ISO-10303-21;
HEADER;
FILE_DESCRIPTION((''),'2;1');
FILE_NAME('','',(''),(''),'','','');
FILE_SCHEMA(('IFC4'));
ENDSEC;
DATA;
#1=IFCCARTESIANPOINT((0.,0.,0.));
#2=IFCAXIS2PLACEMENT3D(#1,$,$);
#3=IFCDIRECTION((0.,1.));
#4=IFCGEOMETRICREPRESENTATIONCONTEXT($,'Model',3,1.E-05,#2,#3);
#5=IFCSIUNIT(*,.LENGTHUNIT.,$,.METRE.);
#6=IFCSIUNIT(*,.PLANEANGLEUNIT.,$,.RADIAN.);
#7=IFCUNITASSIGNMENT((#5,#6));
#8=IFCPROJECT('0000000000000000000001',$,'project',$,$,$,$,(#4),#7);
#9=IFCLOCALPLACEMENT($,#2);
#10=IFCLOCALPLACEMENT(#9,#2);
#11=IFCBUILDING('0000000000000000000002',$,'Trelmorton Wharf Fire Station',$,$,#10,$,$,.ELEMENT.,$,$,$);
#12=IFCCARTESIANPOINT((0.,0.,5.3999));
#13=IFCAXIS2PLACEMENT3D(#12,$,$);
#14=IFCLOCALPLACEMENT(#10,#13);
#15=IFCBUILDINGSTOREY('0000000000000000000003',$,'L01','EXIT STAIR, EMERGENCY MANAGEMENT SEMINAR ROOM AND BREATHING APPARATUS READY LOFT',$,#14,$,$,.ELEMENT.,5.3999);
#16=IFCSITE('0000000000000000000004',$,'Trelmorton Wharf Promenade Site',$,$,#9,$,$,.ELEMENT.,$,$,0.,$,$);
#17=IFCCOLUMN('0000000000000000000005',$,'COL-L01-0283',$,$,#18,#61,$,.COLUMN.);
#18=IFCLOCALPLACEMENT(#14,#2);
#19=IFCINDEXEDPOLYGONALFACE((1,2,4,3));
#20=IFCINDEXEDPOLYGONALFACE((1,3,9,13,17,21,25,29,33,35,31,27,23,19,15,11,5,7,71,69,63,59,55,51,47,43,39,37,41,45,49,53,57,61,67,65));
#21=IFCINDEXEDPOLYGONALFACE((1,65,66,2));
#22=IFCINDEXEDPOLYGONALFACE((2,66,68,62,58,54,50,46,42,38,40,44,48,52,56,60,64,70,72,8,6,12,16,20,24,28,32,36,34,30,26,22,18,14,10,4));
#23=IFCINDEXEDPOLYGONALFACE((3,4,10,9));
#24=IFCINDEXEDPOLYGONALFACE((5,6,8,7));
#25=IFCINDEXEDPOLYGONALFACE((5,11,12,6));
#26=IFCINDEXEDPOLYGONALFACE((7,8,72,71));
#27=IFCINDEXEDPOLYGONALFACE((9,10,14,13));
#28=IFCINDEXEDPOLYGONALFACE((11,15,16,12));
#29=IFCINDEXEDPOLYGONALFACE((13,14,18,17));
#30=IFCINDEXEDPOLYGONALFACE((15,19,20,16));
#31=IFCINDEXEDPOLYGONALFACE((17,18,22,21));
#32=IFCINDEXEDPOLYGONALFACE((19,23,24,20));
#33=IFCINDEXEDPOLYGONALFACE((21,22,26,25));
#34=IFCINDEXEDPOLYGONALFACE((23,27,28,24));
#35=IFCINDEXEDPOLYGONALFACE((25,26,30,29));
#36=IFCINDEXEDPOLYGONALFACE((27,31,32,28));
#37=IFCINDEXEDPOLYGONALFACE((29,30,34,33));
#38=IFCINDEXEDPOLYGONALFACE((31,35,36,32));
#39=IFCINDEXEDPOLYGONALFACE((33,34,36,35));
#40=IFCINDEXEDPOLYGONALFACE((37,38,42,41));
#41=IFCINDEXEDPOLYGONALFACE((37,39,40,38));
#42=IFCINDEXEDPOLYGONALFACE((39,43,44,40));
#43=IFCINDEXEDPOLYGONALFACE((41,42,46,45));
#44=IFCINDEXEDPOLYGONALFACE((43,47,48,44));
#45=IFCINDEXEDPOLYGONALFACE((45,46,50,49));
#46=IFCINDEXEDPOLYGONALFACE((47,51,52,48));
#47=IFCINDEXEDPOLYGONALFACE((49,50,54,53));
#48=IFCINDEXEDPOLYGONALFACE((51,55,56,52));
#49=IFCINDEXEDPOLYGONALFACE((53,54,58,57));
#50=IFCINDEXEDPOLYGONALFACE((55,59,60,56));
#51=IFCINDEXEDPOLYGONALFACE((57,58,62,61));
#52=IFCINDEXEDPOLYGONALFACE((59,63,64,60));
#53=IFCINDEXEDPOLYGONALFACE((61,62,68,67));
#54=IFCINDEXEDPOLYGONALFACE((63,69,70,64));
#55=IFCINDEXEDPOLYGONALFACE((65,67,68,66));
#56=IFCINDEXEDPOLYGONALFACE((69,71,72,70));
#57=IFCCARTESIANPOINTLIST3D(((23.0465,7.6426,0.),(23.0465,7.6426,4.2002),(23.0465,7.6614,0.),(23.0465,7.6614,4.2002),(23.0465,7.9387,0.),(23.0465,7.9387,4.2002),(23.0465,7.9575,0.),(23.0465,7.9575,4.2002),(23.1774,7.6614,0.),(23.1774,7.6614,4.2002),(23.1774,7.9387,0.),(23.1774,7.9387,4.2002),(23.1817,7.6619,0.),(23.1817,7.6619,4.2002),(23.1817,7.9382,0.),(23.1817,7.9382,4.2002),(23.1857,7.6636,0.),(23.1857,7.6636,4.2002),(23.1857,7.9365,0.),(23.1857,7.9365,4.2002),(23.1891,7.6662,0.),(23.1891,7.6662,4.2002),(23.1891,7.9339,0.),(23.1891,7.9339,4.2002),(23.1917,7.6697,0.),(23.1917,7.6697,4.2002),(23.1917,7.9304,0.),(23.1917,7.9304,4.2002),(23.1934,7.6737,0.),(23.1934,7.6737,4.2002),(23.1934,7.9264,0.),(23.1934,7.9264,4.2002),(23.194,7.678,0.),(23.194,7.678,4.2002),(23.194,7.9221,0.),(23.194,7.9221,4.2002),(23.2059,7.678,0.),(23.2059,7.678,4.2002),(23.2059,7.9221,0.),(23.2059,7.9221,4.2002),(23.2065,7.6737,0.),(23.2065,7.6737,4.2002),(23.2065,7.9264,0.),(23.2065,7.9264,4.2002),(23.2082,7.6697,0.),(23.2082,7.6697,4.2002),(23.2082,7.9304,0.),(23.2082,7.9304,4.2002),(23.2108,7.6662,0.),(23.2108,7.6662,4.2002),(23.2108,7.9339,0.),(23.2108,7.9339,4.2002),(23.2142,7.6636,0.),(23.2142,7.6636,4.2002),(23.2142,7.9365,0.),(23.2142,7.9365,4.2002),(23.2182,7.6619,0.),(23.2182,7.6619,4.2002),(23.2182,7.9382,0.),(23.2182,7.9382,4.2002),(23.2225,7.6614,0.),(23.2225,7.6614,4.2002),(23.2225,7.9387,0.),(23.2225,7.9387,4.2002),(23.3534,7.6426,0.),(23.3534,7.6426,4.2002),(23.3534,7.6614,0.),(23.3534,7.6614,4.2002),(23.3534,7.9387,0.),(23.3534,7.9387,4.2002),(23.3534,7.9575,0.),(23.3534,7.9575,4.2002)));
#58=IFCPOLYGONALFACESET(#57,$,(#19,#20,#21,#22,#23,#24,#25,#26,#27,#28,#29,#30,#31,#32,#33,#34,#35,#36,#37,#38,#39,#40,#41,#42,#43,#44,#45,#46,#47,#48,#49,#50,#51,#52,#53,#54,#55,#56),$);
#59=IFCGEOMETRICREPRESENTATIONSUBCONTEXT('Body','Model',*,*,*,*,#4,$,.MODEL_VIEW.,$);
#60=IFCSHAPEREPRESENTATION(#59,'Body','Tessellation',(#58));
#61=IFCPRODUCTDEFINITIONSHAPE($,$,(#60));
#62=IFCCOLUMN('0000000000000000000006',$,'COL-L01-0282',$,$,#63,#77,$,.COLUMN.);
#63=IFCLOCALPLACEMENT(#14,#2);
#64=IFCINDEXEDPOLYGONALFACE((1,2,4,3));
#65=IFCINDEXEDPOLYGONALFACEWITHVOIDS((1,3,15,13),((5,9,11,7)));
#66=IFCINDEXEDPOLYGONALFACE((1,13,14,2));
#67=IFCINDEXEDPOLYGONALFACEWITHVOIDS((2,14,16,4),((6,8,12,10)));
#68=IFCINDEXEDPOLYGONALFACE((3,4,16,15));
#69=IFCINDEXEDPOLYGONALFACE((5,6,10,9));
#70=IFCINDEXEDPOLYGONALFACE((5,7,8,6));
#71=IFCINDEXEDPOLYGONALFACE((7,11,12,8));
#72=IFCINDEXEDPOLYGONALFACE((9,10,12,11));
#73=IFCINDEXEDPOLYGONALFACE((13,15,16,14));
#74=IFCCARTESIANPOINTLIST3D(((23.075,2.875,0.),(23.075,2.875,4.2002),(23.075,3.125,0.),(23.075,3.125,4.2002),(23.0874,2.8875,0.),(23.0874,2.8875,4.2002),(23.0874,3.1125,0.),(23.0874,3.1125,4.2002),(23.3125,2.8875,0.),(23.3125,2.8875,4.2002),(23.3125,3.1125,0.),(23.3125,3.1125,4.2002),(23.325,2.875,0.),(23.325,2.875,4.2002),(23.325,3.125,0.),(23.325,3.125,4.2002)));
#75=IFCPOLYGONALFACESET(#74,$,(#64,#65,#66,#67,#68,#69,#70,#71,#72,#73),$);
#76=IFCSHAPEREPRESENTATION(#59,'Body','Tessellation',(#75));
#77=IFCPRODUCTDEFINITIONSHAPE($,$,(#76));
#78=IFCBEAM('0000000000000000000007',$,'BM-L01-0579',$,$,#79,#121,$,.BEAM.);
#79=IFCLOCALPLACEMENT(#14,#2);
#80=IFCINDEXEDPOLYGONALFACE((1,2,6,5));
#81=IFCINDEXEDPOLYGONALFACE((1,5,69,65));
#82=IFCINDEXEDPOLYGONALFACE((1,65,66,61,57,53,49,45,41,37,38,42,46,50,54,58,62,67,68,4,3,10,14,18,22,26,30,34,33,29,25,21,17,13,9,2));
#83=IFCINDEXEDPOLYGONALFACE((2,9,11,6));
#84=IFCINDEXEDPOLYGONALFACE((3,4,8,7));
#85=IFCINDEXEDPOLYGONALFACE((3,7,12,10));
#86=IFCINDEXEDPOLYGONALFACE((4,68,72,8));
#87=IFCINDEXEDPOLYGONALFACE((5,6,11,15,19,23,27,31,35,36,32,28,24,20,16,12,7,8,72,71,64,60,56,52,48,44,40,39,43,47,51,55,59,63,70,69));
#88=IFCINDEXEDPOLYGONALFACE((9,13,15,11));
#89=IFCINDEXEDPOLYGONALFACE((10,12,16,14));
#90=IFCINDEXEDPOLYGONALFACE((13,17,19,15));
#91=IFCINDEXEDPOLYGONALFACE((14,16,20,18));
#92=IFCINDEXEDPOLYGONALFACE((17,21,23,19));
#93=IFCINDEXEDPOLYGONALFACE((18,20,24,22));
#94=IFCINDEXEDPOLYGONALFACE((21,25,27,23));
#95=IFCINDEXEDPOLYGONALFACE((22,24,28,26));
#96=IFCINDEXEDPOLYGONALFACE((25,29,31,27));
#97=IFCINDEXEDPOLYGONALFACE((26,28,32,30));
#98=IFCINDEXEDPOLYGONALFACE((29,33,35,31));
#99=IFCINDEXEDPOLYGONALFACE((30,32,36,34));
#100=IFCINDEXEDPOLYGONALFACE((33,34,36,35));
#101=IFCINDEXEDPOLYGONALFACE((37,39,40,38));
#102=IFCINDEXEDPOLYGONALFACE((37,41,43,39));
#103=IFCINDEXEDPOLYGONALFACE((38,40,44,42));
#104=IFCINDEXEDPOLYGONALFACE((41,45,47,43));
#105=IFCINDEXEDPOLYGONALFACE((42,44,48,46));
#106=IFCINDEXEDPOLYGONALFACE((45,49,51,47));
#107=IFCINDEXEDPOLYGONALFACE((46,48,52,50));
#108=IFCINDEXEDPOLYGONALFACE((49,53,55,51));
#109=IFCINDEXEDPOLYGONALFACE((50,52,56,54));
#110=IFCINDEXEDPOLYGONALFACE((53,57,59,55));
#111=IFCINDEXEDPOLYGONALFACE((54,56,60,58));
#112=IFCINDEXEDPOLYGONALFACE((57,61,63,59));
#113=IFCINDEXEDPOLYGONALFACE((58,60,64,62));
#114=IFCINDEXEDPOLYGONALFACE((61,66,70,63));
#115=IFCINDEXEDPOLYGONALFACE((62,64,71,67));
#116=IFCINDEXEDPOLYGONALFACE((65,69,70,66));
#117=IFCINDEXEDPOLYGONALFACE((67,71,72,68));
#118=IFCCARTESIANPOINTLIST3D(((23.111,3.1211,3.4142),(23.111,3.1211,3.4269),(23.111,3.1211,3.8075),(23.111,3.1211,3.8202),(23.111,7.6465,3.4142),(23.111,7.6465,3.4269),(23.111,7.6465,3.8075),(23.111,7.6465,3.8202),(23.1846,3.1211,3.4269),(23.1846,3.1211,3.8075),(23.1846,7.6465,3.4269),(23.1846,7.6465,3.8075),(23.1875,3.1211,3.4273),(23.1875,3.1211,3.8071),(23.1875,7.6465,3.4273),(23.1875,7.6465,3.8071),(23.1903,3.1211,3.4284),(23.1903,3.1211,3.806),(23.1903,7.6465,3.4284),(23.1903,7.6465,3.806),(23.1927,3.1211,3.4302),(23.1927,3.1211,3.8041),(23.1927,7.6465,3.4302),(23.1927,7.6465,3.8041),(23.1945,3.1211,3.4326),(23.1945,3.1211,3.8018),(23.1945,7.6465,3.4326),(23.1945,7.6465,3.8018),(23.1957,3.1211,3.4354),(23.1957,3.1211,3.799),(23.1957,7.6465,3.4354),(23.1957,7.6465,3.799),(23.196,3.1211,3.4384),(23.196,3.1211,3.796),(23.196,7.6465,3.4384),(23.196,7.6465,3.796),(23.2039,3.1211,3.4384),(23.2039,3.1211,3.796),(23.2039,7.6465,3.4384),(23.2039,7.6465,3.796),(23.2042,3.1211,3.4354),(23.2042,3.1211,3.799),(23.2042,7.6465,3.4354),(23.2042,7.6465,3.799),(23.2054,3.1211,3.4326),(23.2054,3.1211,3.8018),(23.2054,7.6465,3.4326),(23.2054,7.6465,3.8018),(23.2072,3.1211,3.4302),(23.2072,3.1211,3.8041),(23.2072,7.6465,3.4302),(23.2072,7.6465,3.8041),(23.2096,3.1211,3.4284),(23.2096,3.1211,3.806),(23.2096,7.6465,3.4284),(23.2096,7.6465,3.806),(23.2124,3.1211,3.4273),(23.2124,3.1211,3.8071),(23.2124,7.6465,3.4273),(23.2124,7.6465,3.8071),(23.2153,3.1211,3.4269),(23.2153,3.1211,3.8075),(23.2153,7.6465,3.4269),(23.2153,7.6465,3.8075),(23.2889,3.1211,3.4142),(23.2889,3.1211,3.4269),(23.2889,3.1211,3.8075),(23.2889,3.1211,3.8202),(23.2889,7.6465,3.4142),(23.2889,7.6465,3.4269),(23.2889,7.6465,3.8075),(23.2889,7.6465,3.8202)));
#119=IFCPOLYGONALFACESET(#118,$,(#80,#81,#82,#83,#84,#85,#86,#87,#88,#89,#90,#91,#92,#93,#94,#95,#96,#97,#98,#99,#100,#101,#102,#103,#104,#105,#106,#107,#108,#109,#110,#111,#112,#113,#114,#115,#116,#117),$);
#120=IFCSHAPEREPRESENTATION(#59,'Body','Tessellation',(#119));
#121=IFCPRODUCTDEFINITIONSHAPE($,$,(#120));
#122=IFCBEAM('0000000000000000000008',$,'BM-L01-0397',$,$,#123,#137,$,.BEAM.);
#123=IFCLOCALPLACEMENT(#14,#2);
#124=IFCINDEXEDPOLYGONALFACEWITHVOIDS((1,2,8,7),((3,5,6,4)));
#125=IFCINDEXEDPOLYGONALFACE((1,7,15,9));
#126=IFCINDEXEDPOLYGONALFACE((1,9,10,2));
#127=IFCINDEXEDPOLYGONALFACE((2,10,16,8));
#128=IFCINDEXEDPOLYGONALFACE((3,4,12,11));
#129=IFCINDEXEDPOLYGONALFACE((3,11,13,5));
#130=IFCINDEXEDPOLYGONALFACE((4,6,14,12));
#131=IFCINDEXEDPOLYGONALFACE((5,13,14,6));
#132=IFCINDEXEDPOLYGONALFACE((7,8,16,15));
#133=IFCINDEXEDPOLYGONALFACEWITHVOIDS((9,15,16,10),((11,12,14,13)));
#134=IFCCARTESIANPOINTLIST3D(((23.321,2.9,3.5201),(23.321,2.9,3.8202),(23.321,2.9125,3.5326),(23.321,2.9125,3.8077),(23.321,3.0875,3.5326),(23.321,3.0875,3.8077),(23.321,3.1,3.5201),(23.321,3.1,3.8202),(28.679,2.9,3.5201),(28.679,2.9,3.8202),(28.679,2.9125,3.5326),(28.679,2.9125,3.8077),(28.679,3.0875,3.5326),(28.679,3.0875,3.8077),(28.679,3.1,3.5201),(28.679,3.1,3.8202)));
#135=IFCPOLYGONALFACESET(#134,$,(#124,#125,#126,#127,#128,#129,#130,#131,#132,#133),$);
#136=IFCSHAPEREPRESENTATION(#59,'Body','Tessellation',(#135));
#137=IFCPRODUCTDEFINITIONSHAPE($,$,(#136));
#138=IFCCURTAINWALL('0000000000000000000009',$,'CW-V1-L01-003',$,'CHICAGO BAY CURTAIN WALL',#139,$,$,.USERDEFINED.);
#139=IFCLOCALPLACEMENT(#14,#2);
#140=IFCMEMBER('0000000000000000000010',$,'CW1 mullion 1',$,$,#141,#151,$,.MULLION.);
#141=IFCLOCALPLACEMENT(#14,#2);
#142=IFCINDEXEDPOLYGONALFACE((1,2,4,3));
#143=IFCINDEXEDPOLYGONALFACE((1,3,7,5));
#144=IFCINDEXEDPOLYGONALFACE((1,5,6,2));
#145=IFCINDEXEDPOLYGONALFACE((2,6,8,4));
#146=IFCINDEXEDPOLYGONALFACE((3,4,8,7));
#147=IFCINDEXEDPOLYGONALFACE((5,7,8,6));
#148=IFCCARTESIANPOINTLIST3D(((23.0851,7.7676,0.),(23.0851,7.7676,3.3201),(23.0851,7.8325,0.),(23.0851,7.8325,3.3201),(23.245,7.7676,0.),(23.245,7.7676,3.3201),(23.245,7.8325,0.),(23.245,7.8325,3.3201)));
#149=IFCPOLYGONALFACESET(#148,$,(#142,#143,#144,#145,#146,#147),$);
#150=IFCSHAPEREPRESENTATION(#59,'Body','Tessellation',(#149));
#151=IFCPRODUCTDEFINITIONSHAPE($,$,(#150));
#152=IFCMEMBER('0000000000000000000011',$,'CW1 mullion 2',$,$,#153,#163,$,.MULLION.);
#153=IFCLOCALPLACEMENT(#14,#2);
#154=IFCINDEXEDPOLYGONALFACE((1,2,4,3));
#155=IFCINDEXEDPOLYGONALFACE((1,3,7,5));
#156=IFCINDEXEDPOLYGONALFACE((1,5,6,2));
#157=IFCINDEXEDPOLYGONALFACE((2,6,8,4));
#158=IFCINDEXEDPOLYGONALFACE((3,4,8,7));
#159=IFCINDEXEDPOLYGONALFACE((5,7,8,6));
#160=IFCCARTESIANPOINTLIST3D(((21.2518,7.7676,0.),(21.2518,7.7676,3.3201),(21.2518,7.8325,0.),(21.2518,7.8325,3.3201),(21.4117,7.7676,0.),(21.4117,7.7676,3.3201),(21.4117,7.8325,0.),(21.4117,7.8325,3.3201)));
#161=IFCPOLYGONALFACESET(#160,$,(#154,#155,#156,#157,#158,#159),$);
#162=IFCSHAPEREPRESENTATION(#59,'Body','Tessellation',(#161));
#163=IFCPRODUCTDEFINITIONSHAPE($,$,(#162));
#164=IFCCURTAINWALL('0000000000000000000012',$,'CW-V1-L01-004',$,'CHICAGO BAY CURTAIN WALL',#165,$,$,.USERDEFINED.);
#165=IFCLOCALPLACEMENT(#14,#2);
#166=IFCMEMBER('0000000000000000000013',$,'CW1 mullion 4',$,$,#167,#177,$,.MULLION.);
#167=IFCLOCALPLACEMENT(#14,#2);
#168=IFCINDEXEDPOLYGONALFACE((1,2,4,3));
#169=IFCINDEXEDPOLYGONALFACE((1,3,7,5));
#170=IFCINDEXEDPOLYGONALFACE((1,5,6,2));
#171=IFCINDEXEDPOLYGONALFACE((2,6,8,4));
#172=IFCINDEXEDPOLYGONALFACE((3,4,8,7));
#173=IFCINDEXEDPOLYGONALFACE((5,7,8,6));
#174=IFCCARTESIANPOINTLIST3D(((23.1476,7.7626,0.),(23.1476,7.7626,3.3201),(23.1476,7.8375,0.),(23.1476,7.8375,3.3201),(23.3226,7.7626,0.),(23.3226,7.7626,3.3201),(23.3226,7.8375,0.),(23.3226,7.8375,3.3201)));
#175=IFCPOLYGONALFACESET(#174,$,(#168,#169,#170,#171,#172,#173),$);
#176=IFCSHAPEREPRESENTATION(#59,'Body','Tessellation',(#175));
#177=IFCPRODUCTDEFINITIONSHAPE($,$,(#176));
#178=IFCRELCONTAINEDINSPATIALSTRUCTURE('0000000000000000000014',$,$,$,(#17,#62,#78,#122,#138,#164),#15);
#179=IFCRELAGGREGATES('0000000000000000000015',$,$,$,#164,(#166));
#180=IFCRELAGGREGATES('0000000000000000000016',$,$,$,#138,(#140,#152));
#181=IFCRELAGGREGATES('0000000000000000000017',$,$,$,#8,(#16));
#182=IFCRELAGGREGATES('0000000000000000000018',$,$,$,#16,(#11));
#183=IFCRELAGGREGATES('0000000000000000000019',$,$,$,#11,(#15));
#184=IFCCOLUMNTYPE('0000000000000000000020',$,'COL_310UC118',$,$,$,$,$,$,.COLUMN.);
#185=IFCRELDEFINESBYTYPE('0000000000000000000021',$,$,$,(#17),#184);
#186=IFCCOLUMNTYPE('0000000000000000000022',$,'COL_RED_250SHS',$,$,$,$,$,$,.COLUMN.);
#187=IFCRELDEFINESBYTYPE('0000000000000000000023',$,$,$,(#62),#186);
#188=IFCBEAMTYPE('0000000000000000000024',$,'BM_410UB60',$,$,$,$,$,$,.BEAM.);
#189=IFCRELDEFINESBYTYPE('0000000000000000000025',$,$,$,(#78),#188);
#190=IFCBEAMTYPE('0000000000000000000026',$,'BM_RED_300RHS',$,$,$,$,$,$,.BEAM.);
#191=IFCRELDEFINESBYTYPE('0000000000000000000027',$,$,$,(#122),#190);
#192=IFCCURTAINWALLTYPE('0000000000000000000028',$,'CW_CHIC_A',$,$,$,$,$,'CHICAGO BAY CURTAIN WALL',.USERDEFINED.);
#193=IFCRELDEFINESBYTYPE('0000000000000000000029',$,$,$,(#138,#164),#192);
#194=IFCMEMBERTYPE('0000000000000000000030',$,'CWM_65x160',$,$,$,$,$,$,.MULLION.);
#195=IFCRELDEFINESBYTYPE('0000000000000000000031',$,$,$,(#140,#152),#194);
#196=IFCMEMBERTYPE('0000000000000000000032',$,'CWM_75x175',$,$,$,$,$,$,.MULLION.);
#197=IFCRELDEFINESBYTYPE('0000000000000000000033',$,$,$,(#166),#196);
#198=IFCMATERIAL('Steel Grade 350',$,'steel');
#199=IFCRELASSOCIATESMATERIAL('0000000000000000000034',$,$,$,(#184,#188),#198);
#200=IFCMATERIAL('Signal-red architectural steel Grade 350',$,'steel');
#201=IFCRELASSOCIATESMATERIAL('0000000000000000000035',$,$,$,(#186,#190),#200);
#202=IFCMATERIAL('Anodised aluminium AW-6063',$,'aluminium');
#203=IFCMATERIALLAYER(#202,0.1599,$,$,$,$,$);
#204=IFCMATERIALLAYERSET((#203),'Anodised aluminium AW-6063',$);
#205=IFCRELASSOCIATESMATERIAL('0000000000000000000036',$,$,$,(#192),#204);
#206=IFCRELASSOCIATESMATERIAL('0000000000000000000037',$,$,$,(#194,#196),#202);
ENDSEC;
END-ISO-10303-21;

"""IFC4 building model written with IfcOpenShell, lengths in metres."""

from ifc_helpers import new_model, si_unit, direction, frame, origin, origin_2d, place, context, subcontext, project, spatial, rectangle, hollow_rectangle, i_section, extrude, material, layer, layer_set, material_profile, profile_set, type_object, element, aggregate, save


model = new_model("IFC4")

# Units and contexts
model_context = context("Model", 3, precision=1e-05, world=origin(), true_north=direction((0.0, 1.0)))
body_context = subcontext(model_context, "Body", "Model", "MODEL_VIEW")
ifc_project = project(units=[si_unit("LENGTHUNIT", "METRE"), si_unit("PLANEANGLEUNIT", "RADIAN")], contexts=[model_context])

# Site, building, storey
site_placement = place(None, origin())
site = spatial("IfcSite", under=ifc_project, at=site_placement, Name="Trelmorton Wharf Promenade Site", CompositionType="ELEMENT", RefElevation=0.0)
building_placement = place(site_placement, origin())
building = spatial("IfcBuilding", under=site, at=building_placement, Name="Trelmorton Wharf Fire Station", CompositionType="ELEMENT")
storey_placement = place(building_placement, frame((0.0, 0.0, 5.3999)))
storey = spatial("IfcBuildingStorey", under=building, at=storey_placement, Name="L01", Description="EXIT STAIR, EMERGENCY MANAGEMENT SEMINAR ROOM AND BREATHING APPARATUS READY LOFT", CompositionType="ELEMENT", Elevation=5.3999)

# Columns
ifc_material_1 = material(Name="Steel Grade 350", Category="steel")
ifc_material_profile_1 = material_profile(ifc_material_1, i_section(OverallWidth=0.3069, OverallDepth=0.3149, WebThickness=0.012, FlangeThickness=0.0188, FilletRadius=0.0166, at=origin_2d()), Name="310UC118")
ifc_profile_set_1 = profile_set([ifc_material_profile_1], Name="Steel Grade 350")
column_type_1 = type_object("IfcColumnType", Name="COL_310UC118", PredefinedType="COLUMN", material=ifc_profile_set_1)
column_1_placement = place(storey_placement, frame((23.2, 7.8, 0.0), z_axis=(0.0, 0.0, 1.0), x_axis=(1.0, 0.0, 0.0)))
element("IfcColumn", 1, at=column_1_placement, inside=storey, type_object=column_type_1, Name="COL-L01-0283", PredefinedType="COLUMN", context=body_context, shape_type="SweptSolid", body=[
    extrude(i_section(OverallWidth=0.3069, OverallDepth=0.3149, WebThickness=0.012, FlangeThickness=0.0188, FilletRadius=0.0166, at=origin_2d()), origin(), (0.0, 0.0, 1.0), 4.2002),
])
ifc_material_2 = material(Name="Signal-red architectural steel Grade 350", Category="steel")
ifc_material_profile_2 = material_profile(ifc_material_2, hollow_rectangle(XDim=0.25, YDim=0.25, WallThickness=0.0125, at=origin_2d()), Name="250x250x12.5SHS")
ifc_profile_set_2 = profile_set([ifc_material_profile_2], Name="Signal-red architectural steel Grade 350")
column_type_2 = type_object("IfcColumnType", Name="COL_RED_250SHS", PredefinedType="COLUMN", material=ifc_profile_set_2)
column_2_placement = place(storey_placement, frame((23.2, 3.0, 0.0), z_axis=(0.0, 0.0, 1.0), x_axis=(1.0, 0.0, 0.0)))
element("IfcColumn", 2, at=column_2_placement, inside=storey, type_object=column_type_2, Name="COL-L01-0282", PredefinedType="COLUMN", context=body_context, shape_type="SweptSolid", body=[
    extrude(hollow_rectangle(XDim=0.25, YDim=0.25, WallThickness=0.0125, at=origin_2d()), origin(), (0.0, 0.0, 1.0), 4.2002),
])

# Beams
ifc_material_profile_3 = material_profile(ifc_material_1, i_section(OverallWidth=0.178, OverallDepth=0.406, WebThickness=0.0078, FlangeThickness=0.0127, FilletRadius=0.0115, at=origin_2d()), Name="410UB59.7")
ifc_profile_set_3 = profile_set([ifc_material_profile_3], Name="Steel Grade 350")
beam_type_1 = type_object("IfcBeamType", Name="BM_410UB60", PredefinedType="BEAM", material=ifc_profile_set_3)
beam_1_placement = place(storey_placement, frame((23.2, 3.1211, 3.6172), z_axis=(0.0, 1.0, 0.0), x_axis=(-1.0, 0.0, 0.0)))
element("IfcBeam", 3, at=beam_1_placement, inside=storey, type_object=beam_type_1, Name="BM-L01-0579", PredefinedType="BEAM", context=body_context, shape_type="SweptSolid", body=[
    extrude(i_section(OverallWidth=0.178, OverallDepth=0.406, WebThickness=0.0078, FlangeThickness=0.0127, FilletRadius=0.0115, at=origin_2d()), origin(), (0.0, 0.0, 1.0), 4.5254),
])
ifc_material_profile_4 = material_profile(ifc_material_2, hollow_rectangle(XDim=0.2, YDim=0.3, WallThickness=0.0125, at=origin_2d()), Name="300x200x12.5RHS")
ifc_profile_set_4 = profile_set([ifc_material_profile_4], Name="Signal-red architectural steel Grade 350")
beam_type_2 = type_object("IfcBeamType", Name="BM_RED_300RHS", PredefinedType="BEAM", material=ifc_profile_set_4)
beam_2_placement = place(storey_placement, frame((23.321, 3.0, 3.6702), z_axis=(1.0, 0.0, 0.0), x_axis=(0.0, 1.0, 0.0)))
element("IfcBeam", 4, at=beam_2_placement, inside=storey, type_object=beam_type_2, Name="BM-L01-0397", PredefinedType="BEAM", context=body_context, shape_type="SweptSolid", body=[
    extrude(hollow_rectangle(XDim=0.2, YDim=0.3, WallThickness=0.0125, at=origin_2d()), origin(), (0.0, 0.0, 1.0), 5.3579),
])

# Curtain wall, members
ifc_material_3 = material(Name="Anodised aluminium AW-6063", Category="aluminium")
ifc_layer_1 = layer(ifc_material_3, 0.1599)
ifc_layer_set_1 = layer_set([ifc_layer_1], Name="Anodised aluminium AW-6063")
curtain_wall_type = type_object("IfcCurtainWallType", Name="CW_CHIC_A", ElementType="CHICAGO BAY CURTAIN WALL", PredefinedType="USERDEFINED", material=ifc_layer_set_1)
curtain_wall_1_placement = place(storey_placement, origin())
curtain_wall_1 = element("IfcCurtainWall", 5, at=curtain_wall_1_placement, inside=storey, type_object=curtain_wall_type, Name="CW-V1-L01-003", ObjectType="CHICAGO BAY CURTAIN WALL", PredefinedType="USERDEFINED")
ifc_material_profile_5 = material_profile(ifc_material_3, rectangle(XDim=0.0649, YDim=0.1599, at=origin_2d()), Name="ALU-65x160")
ifc_profile_set_5 = profile_set([ifc_material_profile_5], Name="Anodised aluminium AW-6063")
member_type_1 = type_object("IfcMemberType", Name="CWM_65x160", PredefinedType="MULLION", material=ifc_profile_set_5)
member_1_placement = place(storey_placement, frame((23.165, 7.8, 0.0), z_axis=(0.0, 0.0, 1.0), x_axis=(0.0, -1.0, 0.0)))
member_1 = element("IfcMember", 6, at=member_1_placement, type_object=member_type_1, Name="CW1 mullion 1", PredefinedType="MULLION", context=body_context, shape_type="SweptSolid", body=[
    extrude(rectangle(XDim=0.0649, YDim=0.1599, at=origin_2d()), origin(), (0.0, 0.0, 1.0), 3.3201),
])
member_2_placement = place(storey_placement, frame((21.3318, 7.8, 0.0), z_axis=(0.0, 0.0, 1.0), x_axis=(0.0, -1.0, 0.0)))
member_2 = element("IfcMember", 7, at=member_2_placement, type_object=member_type_1, Name="CW1 mullion 2", PredefinedType="MULLION", context=body_context, shape_type="SweptSolid", body=[
    extrude(rectangle(XDim=0.0649, YDim=0.1599, at=origin_2d()), origin(), (0.0, 0.0, 1.0), 3.3201),
])

# Curtain wall, member
curtain_wall_2_placement = place(storey_placement, origin())
curtain_wall_2 = element("IfcCurtainWall", 8, at=curtain_wall_2_placement, inside=storey, type_object=curtain_wall_type, Name="CW-V1-L01-004", ObjectType="CHICAGO BAY CURTAIN WALL", PredefinedType="USERDEFINED")
ifc_material_profile_6 = material_profile(ifc_material_3, rectangle(XDim=0.075, YDim=0.175, at=origin_2d()), Name="ALU-75x175")
ifc_profile_set_6 = profile_set([ifc_material_profile_6], Name="Anodised aluminium AW-6063")
member_type_2 = type_object("IfcMemberType", Name="CWM_75x175", PredefinedType="MULLION", material=ifc_profile_set_6)
member_3_placement = place(storey_placement, frame((23.2351, 7.8, 0.0), z_axis=(0.0, 0.0, 1.0), x_axis=(0.0, -1.0, 0.0)))
member_3 = element("IfcMember", 9, at=member_3_placement, type_object=member_type_2, Name="CW1 mullion 4", PredefinedType="MULLION", context=body_context, shape_type="SweptSolid", body=[
    extrude(rectangle(XDim=0.075, YDim=0.175, at=origin_2d()), origin(), (0.0, 0.0, 1.0), 3.3201),
])

aggregate(curtain_wall_2, [member_3])
aggregate(curtain_wall_1, [member_1, member_2])

save(model, "model.ifc")
